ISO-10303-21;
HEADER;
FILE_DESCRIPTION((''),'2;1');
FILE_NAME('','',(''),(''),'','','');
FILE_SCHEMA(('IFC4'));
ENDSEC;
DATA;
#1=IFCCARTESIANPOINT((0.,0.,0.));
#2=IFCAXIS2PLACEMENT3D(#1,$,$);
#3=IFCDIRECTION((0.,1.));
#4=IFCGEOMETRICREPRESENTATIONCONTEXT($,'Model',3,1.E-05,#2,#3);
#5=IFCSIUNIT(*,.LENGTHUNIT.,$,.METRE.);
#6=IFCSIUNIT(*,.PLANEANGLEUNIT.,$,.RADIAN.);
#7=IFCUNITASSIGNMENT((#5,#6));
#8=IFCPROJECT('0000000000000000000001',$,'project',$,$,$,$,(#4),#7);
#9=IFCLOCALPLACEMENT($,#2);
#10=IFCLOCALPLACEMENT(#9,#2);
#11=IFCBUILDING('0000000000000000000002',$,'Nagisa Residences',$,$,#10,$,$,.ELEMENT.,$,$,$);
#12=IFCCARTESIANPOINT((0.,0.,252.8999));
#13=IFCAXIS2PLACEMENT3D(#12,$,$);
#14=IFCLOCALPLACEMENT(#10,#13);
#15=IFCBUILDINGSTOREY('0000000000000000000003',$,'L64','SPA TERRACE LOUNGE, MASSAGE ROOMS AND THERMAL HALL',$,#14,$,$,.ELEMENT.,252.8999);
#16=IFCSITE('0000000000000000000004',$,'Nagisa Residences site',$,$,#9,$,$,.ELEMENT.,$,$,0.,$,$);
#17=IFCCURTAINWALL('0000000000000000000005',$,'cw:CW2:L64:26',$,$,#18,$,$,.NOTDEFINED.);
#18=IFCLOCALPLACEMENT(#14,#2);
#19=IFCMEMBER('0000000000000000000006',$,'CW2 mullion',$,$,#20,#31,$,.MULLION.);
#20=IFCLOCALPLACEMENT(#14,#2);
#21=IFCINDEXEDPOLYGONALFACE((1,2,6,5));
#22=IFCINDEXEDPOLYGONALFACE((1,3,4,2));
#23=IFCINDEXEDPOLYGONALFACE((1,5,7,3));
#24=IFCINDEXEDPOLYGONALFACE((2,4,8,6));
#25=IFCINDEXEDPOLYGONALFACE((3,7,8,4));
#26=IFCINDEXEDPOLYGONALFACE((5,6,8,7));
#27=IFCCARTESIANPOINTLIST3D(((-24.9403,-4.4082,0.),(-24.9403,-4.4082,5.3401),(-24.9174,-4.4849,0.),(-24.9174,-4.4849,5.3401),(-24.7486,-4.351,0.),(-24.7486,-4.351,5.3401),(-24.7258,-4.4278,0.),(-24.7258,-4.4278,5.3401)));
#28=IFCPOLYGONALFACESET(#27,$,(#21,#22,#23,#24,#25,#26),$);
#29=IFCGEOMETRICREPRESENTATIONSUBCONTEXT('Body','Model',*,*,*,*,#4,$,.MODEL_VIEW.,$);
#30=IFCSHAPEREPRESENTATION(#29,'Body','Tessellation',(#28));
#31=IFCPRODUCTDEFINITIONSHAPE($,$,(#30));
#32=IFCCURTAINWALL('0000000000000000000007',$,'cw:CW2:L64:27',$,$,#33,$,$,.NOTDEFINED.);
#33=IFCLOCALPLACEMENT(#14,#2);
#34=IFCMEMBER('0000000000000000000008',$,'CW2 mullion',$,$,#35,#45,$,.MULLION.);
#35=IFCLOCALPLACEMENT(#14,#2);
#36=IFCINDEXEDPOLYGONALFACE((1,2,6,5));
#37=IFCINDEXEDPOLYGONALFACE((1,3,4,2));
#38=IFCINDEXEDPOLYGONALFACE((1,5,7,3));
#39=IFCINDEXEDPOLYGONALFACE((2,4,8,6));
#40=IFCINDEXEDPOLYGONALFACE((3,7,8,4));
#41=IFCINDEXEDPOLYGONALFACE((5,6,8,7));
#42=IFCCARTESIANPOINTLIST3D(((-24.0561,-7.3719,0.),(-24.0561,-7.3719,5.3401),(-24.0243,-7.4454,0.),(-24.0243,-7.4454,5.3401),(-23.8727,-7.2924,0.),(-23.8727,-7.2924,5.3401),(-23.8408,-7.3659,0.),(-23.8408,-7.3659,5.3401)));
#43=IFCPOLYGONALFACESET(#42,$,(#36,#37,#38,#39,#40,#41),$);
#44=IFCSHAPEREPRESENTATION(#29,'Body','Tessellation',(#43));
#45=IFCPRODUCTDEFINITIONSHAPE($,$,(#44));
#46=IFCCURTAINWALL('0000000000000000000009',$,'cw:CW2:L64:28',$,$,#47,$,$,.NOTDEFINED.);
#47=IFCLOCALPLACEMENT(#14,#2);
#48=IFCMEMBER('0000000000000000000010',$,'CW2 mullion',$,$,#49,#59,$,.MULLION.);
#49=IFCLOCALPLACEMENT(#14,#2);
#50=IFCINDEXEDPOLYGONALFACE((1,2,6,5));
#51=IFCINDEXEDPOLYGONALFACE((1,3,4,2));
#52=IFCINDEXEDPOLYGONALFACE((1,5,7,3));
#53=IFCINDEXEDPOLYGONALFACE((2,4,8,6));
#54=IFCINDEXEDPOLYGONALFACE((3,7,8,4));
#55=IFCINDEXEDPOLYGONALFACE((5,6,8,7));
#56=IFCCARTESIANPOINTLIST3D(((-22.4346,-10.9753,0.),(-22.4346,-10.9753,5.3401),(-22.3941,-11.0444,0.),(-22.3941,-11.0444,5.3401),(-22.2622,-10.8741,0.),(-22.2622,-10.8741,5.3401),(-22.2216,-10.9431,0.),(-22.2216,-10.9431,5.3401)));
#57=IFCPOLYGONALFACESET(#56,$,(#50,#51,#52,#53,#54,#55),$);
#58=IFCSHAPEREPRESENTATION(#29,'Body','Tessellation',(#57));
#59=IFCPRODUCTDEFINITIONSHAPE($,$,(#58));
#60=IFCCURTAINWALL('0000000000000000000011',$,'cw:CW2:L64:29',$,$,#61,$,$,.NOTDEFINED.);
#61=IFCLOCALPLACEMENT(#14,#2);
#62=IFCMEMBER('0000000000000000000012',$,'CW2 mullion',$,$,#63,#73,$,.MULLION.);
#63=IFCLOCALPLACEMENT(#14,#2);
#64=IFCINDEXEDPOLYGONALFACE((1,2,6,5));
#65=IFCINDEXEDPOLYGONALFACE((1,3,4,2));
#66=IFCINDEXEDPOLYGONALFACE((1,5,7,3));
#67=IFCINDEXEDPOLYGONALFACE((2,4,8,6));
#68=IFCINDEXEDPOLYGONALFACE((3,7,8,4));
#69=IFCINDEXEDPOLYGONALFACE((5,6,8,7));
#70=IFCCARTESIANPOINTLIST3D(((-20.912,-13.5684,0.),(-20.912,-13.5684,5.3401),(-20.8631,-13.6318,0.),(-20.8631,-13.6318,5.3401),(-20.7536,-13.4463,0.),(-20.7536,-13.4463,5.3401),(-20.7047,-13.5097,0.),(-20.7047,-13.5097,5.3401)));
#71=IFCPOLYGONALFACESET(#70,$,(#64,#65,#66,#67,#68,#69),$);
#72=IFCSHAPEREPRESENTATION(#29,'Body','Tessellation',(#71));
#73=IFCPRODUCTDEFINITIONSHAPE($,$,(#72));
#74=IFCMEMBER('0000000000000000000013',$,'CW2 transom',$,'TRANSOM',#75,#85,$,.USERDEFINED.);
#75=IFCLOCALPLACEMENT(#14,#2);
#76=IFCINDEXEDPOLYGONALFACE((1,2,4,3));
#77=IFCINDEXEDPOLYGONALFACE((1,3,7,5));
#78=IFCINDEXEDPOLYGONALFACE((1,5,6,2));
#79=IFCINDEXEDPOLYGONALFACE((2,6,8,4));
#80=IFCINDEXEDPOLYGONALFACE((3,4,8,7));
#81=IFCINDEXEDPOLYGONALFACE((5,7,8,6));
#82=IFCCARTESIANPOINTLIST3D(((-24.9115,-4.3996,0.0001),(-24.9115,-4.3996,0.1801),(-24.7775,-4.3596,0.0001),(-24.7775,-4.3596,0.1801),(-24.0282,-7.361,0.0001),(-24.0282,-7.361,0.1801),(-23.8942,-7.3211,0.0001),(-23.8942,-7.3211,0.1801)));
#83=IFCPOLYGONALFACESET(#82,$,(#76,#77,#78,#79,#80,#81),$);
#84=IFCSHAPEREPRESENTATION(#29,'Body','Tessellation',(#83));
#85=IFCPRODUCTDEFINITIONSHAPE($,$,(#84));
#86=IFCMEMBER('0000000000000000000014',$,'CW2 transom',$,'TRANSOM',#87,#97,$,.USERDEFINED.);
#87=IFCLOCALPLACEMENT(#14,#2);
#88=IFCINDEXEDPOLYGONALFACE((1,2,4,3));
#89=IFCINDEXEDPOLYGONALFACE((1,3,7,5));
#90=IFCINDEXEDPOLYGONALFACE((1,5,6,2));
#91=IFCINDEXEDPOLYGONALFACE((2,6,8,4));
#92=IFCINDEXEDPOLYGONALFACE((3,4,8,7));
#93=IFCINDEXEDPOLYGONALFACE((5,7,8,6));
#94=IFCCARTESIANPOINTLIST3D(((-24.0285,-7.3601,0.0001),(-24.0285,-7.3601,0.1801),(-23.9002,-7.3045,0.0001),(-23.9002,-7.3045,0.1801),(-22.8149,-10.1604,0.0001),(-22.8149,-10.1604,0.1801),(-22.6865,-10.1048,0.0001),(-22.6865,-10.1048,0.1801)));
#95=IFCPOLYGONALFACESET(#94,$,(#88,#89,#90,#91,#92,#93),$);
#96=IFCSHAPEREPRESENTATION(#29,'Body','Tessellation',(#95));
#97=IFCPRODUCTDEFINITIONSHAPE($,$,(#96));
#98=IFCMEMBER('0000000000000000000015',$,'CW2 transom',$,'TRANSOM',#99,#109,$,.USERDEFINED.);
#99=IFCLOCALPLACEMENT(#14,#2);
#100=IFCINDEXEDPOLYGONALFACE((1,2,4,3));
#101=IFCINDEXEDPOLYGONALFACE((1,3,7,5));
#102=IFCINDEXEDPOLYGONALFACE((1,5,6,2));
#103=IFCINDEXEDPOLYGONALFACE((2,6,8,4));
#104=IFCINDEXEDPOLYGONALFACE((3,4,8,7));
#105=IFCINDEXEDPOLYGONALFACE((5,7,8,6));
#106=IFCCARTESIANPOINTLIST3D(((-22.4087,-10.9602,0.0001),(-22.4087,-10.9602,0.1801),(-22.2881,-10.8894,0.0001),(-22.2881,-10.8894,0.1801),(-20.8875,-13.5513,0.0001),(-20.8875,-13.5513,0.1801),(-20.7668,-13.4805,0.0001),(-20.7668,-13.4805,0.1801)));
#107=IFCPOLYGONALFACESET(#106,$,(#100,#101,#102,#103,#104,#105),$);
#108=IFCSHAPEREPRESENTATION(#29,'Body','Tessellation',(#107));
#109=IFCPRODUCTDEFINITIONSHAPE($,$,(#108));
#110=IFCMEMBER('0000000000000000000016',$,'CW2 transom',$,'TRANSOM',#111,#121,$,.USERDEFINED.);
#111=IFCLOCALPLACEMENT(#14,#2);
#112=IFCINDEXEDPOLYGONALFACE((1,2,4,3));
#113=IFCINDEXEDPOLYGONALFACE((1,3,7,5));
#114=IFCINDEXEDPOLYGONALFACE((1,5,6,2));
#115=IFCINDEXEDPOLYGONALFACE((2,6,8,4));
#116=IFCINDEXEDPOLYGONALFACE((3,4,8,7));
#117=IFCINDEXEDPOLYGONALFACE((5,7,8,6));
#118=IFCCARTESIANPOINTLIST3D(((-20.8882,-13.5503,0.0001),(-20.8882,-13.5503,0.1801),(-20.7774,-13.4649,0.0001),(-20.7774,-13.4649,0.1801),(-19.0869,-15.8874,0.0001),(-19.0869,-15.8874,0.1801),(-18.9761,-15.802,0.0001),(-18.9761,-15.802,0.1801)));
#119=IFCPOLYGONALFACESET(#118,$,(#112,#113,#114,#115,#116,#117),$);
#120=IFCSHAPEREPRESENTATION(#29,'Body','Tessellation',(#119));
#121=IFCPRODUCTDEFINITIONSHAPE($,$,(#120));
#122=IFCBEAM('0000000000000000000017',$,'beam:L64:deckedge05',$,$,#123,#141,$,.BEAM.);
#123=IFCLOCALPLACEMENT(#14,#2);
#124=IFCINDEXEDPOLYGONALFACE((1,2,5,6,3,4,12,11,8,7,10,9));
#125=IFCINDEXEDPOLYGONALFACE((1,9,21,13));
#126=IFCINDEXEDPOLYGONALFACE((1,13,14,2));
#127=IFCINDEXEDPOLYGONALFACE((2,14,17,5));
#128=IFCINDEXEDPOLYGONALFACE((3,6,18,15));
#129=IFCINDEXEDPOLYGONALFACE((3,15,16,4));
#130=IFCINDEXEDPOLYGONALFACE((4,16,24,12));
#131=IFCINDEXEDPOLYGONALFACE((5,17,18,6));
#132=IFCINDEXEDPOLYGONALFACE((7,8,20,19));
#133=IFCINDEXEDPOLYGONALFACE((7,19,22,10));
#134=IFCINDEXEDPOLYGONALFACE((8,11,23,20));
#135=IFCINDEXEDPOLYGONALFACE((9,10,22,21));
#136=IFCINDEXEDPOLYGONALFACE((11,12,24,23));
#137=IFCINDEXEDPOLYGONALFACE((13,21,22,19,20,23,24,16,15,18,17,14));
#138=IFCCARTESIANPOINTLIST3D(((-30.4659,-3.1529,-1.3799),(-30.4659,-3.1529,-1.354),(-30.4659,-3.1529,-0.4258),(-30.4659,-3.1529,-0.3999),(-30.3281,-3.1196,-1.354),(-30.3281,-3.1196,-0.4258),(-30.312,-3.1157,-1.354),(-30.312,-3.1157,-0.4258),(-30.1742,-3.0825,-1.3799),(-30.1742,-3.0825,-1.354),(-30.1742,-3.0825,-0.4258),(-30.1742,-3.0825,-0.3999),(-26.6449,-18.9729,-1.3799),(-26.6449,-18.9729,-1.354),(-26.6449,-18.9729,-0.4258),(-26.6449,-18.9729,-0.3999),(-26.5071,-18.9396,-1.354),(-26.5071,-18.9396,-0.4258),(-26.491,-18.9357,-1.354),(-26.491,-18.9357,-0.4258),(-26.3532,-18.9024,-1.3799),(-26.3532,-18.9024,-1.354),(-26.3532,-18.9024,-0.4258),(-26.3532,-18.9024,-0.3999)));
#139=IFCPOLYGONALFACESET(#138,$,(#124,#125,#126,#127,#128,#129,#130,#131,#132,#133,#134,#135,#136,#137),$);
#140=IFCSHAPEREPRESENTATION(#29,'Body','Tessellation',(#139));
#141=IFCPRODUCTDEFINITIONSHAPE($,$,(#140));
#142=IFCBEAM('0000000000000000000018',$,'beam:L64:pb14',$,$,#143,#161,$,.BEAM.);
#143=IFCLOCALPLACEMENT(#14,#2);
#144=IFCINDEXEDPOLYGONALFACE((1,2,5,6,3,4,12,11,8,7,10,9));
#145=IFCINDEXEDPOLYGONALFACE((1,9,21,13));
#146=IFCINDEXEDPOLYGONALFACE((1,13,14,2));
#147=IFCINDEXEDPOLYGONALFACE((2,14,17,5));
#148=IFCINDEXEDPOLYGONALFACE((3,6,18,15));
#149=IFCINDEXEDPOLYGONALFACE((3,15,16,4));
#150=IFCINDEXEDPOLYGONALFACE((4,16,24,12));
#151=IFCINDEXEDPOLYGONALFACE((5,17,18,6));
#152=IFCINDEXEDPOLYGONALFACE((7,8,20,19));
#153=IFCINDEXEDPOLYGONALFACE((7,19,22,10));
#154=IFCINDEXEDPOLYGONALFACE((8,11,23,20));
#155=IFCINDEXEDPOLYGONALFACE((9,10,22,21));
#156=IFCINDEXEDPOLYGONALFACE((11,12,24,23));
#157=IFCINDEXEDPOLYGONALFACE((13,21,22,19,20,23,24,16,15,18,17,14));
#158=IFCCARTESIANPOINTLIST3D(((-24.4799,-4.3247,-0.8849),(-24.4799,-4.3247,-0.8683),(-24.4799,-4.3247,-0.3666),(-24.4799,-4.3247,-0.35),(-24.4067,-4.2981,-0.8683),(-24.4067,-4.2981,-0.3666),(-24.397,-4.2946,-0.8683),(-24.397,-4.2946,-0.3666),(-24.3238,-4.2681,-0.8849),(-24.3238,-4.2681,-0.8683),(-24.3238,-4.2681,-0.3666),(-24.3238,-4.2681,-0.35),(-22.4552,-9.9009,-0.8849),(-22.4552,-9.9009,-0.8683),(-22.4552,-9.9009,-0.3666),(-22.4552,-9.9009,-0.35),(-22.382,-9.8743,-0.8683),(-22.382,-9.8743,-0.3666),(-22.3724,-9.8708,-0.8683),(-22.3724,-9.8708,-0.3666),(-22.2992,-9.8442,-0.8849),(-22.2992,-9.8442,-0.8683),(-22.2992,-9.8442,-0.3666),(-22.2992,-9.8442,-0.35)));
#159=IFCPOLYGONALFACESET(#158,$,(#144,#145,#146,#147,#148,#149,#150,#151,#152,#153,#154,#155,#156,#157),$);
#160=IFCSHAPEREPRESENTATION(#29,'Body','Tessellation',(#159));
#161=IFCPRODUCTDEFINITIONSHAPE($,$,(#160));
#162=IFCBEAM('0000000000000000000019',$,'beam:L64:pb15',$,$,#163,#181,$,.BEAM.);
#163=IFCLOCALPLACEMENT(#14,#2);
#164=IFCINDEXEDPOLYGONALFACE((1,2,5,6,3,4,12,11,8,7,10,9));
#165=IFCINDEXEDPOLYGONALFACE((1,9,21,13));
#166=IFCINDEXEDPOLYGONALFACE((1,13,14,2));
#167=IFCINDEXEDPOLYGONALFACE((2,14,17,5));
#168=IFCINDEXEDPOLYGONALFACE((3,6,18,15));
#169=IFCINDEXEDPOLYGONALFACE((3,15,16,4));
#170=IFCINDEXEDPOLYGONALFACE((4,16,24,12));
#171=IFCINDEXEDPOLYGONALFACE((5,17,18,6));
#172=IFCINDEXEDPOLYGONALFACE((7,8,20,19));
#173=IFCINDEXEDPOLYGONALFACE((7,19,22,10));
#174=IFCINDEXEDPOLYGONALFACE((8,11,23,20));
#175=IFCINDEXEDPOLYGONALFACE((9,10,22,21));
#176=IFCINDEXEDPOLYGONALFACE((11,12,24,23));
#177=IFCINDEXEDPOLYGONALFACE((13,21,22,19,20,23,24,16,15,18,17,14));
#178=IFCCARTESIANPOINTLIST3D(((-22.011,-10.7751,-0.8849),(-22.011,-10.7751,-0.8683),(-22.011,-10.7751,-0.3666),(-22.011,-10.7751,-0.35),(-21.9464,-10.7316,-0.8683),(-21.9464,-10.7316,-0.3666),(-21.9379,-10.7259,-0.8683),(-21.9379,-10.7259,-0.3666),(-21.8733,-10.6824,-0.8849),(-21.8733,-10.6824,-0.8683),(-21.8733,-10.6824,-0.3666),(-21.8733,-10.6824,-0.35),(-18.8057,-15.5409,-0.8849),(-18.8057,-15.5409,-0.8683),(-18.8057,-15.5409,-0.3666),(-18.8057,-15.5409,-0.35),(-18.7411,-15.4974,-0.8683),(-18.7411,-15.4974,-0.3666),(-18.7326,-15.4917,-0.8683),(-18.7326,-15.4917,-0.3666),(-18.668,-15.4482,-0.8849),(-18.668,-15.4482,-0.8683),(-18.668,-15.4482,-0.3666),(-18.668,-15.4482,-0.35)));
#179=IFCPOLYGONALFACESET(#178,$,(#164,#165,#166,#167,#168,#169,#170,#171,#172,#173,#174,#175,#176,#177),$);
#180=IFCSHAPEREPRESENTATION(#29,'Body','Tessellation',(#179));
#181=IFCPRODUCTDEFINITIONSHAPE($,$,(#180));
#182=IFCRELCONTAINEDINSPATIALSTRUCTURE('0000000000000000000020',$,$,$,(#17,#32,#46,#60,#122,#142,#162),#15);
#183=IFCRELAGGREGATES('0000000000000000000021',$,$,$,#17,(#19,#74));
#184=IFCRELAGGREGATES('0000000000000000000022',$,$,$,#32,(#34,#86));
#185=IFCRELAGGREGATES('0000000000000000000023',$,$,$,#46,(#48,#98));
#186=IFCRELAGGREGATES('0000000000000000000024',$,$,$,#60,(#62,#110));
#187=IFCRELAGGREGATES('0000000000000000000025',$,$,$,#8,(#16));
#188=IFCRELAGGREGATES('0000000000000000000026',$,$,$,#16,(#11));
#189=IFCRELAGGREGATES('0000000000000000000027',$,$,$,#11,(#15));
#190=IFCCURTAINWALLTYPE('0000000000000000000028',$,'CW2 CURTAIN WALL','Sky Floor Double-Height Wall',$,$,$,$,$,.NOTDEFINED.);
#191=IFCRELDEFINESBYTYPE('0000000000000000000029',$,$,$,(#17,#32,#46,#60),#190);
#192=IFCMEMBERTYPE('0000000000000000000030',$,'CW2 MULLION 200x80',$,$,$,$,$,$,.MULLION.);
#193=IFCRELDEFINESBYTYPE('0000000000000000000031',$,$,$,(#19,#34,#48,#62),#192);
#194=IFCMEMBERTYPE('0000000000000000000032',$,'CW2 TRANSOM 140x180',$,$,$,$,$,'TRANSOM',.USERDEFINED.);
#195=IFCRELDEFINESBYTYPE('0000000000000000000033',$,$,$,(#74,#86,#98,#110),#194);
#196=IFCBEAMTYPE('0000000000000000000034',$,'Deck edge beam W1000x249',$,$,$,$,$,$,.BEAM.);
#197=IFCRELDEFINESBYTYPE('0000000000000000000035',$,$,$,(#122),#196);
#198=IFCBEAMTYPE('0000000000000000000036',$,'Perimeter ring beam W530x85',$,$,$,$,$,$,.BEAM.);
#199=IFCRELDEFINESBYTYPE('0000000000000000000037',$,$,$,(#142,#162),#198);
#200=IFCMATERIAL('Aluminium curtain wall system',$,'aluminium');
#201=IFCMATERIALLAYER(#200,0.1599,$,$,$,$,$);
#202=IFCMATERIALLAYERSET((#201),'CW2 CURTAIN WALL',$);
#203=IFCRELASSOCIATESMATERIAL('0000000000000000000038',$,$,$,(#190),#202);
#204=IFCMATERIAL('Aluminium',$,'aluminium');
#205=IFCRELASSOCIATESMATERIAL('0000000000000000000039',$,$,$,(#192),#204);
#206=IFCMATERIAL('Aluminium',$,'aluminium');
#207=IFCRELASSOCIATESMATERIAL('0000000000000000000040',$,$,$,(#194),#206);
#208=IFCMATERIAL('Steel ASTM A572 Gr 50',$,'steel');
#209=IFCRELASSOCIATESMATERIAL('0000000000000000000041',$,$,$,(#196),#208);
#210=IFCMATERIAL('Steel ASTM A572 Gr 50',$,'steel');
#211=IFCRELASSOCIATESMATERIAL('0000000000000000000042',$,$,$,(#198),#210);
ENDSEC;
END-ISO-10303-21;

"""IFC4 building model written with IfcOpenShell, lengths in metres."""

from ifc_helpers import new_model, si_unit, direction, frame, origin, origin_2d, place, context, subcontext, project, spatial, rectangle, i_section, extrude, material, layer, layer_set, material_profile, profile_set, type_object, element, aggregate, save


model = new_model("IFC4")

# Units and contexts
model_context = context("Model", 3, precision=1e-05, world=origin(), true_north=direction((0.0, 1.0)))
body_context = subcontext(model_context, "Body", "Model", "MODEL_VIEW")
ifc_project = project(units=[si_unit("LENGTHUNIT", "METRE"), si_unit("PLANEANGLEUNIT", "RADIAN")], contexts=[model_context])

# Site, building, storey
site_placement = place(None, origin())
site = spatial("IfcSite", under=ifc_project, at=site_placement, Name="Nagisa Residences site", CompositionType="ELEMENT", RefElevation=0.0)
building_placement = place(site_placement, origin())
building = spatial("IfcBuilding", under=site, at=building_placement, Name="Nagisa Residences", CompositionType="ELEMENT")
storey_placement = place(building_placement, frame((0.0, 0.0, 252.8999)))
storey = spatial("IfcBuildingStorey", under=building, at=storey_placement, Name="L64", Description="SPA TERRACE LOUNGE, MASSAGE ROOMS AND THERMAL HALL", CompositionType="ELEMENT", Elevation=252.8999)

# Curtain walls, members
ifc_material_1 = material(Name="Aluminium curtain wall system", Category="aluminium")
ifc_layer_1 = layer(ifc_material_1, 0.1599)
ifc_layer_set_1 = layer_set([ifc_layer_1], Name="CW2 CURTAIN WALL")
curtain_wall_type = type_object("IfcCurtainWallType", Name="CW2 CURTAIN WALL", Description="Sky Floor Double-Height Wall", PredefinedType="NOTDEFINED", material=ifc_layer_set_1)
curtain_wall_1_placement = place(storey_placement, origin())
curtain_wall_1 = element("IfcCurtainWall", 1, at=curtain_wall_1_placement, inside=storey, type_object=curtain_wall_type, Name="cw:CW2:L64:26", PredefinedType="NOTDEFINED")
ifc_material_2 = material(Name="Aluminium", Category="aluminium")
ifc_material_profile_1 = material_profile(ifc_material_2, rectangle(XDim=0.2, YDim=0.0801, at=origin_2d()), Name="CW2 MULLION 200x80")
ifc_profile_set_1 = profile_set([ifc_material_profile_1], Name="Aluminium")
member_type_1 = type_object("IfcMemberType", Name="CW2 MULLION 200x80", PredefinedType="MULLION", material=ifc_profile_set_1)
member_1_placement = place(storey_placement, frame((-24.833, -4.418, 0.0), z_axis=(0.0, 0.0, 1.0), x_axis=(0.958271, 0.28586, 0.0)))
member_1 = element("IfcMember", 2, at=member_1_placement, type_object=member_type_1, Name="CW2 mullion", PredefinedType="MULLION", context=body_context, shape_type="SweptSolid", body=[
    extrude(rectangle(XDim=0.2, YDim=0.0801, at=origin_2d()), origin(), (0.0, 0.0, 1.0), 5.3401),
])
curtain_wall_2_placement = place(storey_placement, origin())
curtain_wall_2 = element("IfcCurtainWall", 3, at=curtain_wall_2_placement, inside=storey, type_object=curtain_wall_type, Name="cw:CW2:L64:27", PredefinedType="NOTDEFINED")
member_2_placement = place(storey_placement, frame((-23.9485, -7.3689, 0.0), z_axis=(0.0, 0.0, 1.0), x_axis=(0.917543, 0.397636, 0.0)))
member_2 = element("IfcMember", 4, at=member_2_placement, type_object=member_type_1, Name="CW2 mullion", PredefinedType="MULLION", context=body_context, shape_type="SweptSolid", body=[
    extrude(rectangle(XDim=0.2, YDim=0.0801, at=origin_2d()), origin(), (0.0, 0.0, 1.0), 5.3401),
])
curtain_wall_3_placement = place(storey_placement, origin())
curtain_wall_3 = element("IfcCurtainWall", 5, at=curtain_wall_3_placement, inside=storey, type_object=curtain_wall_type, Name="cw:CW2:L64:28", PredefinedType="NOTDEFINED")
member_3_placement = place(storey_placement, frame((-22.3281, -10.9592, 0.0), z_axis=(0.0, 0.0, 1.0), x_axis=(0.862329, 0.506349, 0.0)))
member_3 = element("IfcMember", 6, at=member_3_placement, type_object=member_type_1, Name="CW2 mullion", PredefinedType="MULLION", context=body_context, shape_type="SweptSolid", body=[
    extrude(rectangle(XDim=0.2, YDim=0.0801, at=origin_2d()), origin(), (0.0, 0.0, 1.0), 5.3401),
])
curtain_wall_4_placement = place(storey_placement, origin())
curtain_wall_4 = element("IfcCurtainWall", 7, at=curtain_wall_4_placement, inside=storey, type_object=curtain_wall_type, Name="cw:CW2:L64:29", PredefinedType="NOTDEFINED")
member_4_placement = place(storey_placement, frame((-20.8083, -13.5391, 0.0), z_axis=(0.0, 0.0, 1.0), x_axis=(0.79207, 0.61043, 0.0)))
member_4 = element("IfcMember", 8, at=member_4_placement, type_object=member_type_1, Name="CW2 mullion", PredefinedType="MULLION", context=body_context, shape_type="SweptSolid", body=[
    extrude(rectangle(XDim=0.2, YDim=0.0801, at=origin_2d()), origin(), (0.0, 0.0, 1.0), 5.3401),
])

# Members
ifc_material_3 = material(Name="Aluminium", Category="aluminium")
ifc_material_profile_2 = material_profile(ifc_material_3, rectangle(XDim=0.1399, YDim=0.1799, at=origin_2d()), Name="CW2 TRANSOM 140x180")
ifc_profile_set_2 = profile_set([ifc_material_profile_2], Name="Aluminium")
member_type_2 = type_object("IfcMemberType", Name="CW2 TRANSOM 140x180", ElementType="TRANSOM", PredefinedType="USERDEFINED", material=ifc_profile_set_2)
member_5_placement = place(storey_placement, frame((-24.8445, -4.3796, 0.0901), z_axis=(0.285825, -0.958282, 0.0), x_axis=(0.958282, 0.285825, 0.0)))
member_5 = element("IfcMember", 9, at=member_5_placement, type_object=member_type_2, Name="CW2 transom", ObjectType="TRANSOM", PredefinedType="USERDEFINED", context=body_context, shape_type="SweptSolid", body=[
    extrude(rectangle(XDim=0.1399, YDim=0.1799, at=origin_2d()), origin(), (0.0, 0.0, 1.0), 3.0903),
])
aggregate(curtain_wall_1, [member_1, member_5])
member_6_placement = place(storey_placement, frame((-23.9644, -7.3323, 0.0901), z_axis=(0.397652, -0.917536, 0.0), x_axis=(0.917536, 0.397652, 0.0)))
member_6 = element("IfcMember", 10, at=member_6_placement, type_object=member_type_2, Name="CW2 transom", ObjectType="TRANSOM", PredefinedType="USERDEFINED", context=body_context, shape_type="SweptSolid", body=[
    extrude(rectangle(XDim=0.1399, YDim=0.1799, at=origin_2d()), origin(), (0.0, 0.0, 1.0), 3.052),
])
aggregate(curtain_wall_2, [member_2, member_6])
member_7_placement = place(storey_placement, frame((-22.3484, -10.9248, 0.0901), z_axis=(0.506299, -0.862358, 0.0), x_axis=(0.862358, 0.506299, 0.0)))
member_7 = element("IfcMember", 11, at=member_7_placement, type_object=member_type_2, Name="CW2 transom", ObjectType="TRANSOM", PredefinedType="USERDEFINED", context=body_context, shape_type="SweptSolid", body=[
    extrude(rectangle(XDim=0.1399, YDim=0.1799, at=origin_2d()), origin(), (0.0, 0.0, 1.0), 3.0046),
])
aggregate(curtain_wall_3, [member_3, member_7])
member_8_placement = place(storey_placement, frame((-20.8328, -13.5076, 0.0901), z_axis=(0.610446, -0.792058, 0.0), x_axis=(0.792058, 0.610446, 0.0)))
member_8 = element("IfcMember", 12, at=member_8_placement, type_object=member_type_2, Name="CW2 transom", ObjectType="TRANSOM", PredefinedType="USERDEFINED", context=body_context, shape_type="SweptSolid", body=[
    extrude(rectangle(XDim=0.1399, YDim=0.1799, at=origin_2d()), origin(), (0.0, 0.0, 1.0), 2.9507),
])

# Beams
ifc_material_4 = material(Name="Steel ASTM A572 Gr 50", Category="steel")
ifc_material_profile_3 = material_profile(ifc_material_4, i_section(OverallWidth=0.3, OverallDepth=0.98, WebThickness=0.0166, FlangeThickness=0.0259, at=origin_2d()), Name="W1000x249")
ifc_profile_set_3 = profile_set([ifc_material_profile_3], Name="Steel ASTM A572 Gr 50")
beam_type_1 = type_object("IfcBeamType", Name="Deck edge beam W1000x249", PredefinedType="BEAM", material=ifc_profile_set_3)
beam_1_placement = place(storey_placement, frame((-30.3201, -3.1177, -0.8899), z_axis=(0.23478, -0.972048, 0.0), x_axis=(0.972048, 0.23478, 0.0)))
element("IfcBeam", 13, at=beam_1_placement, inside=storey, type_object=beam_type_1, Name="beam:L64:deckedge05", PredefinedType="BEAM", context=body_context, shape_type="SweptSolid", body=[
    extrude(i_section(OverallWidth=0.3, OverallDepth=0.98, WebThickness=0.0166, FlangeThickness=0.0259, at=origin_2d()), origin(), (0.0, 0.0, 1.0), 16.2749),
])
ifc_material_5 = material(Name="Steel ASTM A572 Gr 50", Category="steel")
ifc_material_profile_4 = material_profile(ifc_material_5, i_section(OverallWidth=0.166, OverallDepth=0.5349, WebThickness=0.0103, FlangeThickness=0.0166, at=origin_2d()), Name="W530x85")
ifc_profile_set_4 = profile_set([ifc_material_profile_4], Name="Steel ASTM A572 Gr 50")
beam_type_2 = type_object("IfcBeamType", Name="Perimeter ring beam W530x85", PredefinedType="BEAM", material=ifc_profile_set_4)
beam_2_placement = place(storey_placement, frame((-24.4019, -4.2964, -0.6174), z_axis=(0.34129, -0.939958, 0.0), x_axis=(0.939958, 0.34129, 0.0)))
element("IfcBeam", 14, at=beam_2_placement, inside=storey, type_object=beam_type_2, Name="beam:L64:pb14", PredefinedType="BEAM", context=body_context, shape_type="SweptSolid", body=[
    extrude(i_section(OverallWidth=0.166, OverallDepth=0.5349, WebThickness=0.0103, FlangeThickness=0.0166, at=origin_2d()), origin(), (0.0, 0.0, 1.0), 5.9324),
])
beam_3_placement = place(storey_placement, frame((-21.9421, -10.7288, -0.6174), z_axis=(0.55808, -0.829787, 0.0), x_axis=(0.829787, 0.55808, 0.0)))
element("IfcBeam", 15, at=beam_3_placement, inside=storey, type_object=beam_type_2, Name="beam:L64:pb15", PredefinedType="BEAM", context=body_context, shape_type="SweptSolid", body=[
    extrude(i_section(OverallWidth=0.166, OverallDepth=0.5349, WebThickness=0.0103, FlangeThickness=0.0166, at=origin_2d()), origin(), (0.0, 0.0, 1.0), 5.7434),
])

aggregate(curtain_wall_4, [member_4, member_8])

save(model, "model.ifc")
